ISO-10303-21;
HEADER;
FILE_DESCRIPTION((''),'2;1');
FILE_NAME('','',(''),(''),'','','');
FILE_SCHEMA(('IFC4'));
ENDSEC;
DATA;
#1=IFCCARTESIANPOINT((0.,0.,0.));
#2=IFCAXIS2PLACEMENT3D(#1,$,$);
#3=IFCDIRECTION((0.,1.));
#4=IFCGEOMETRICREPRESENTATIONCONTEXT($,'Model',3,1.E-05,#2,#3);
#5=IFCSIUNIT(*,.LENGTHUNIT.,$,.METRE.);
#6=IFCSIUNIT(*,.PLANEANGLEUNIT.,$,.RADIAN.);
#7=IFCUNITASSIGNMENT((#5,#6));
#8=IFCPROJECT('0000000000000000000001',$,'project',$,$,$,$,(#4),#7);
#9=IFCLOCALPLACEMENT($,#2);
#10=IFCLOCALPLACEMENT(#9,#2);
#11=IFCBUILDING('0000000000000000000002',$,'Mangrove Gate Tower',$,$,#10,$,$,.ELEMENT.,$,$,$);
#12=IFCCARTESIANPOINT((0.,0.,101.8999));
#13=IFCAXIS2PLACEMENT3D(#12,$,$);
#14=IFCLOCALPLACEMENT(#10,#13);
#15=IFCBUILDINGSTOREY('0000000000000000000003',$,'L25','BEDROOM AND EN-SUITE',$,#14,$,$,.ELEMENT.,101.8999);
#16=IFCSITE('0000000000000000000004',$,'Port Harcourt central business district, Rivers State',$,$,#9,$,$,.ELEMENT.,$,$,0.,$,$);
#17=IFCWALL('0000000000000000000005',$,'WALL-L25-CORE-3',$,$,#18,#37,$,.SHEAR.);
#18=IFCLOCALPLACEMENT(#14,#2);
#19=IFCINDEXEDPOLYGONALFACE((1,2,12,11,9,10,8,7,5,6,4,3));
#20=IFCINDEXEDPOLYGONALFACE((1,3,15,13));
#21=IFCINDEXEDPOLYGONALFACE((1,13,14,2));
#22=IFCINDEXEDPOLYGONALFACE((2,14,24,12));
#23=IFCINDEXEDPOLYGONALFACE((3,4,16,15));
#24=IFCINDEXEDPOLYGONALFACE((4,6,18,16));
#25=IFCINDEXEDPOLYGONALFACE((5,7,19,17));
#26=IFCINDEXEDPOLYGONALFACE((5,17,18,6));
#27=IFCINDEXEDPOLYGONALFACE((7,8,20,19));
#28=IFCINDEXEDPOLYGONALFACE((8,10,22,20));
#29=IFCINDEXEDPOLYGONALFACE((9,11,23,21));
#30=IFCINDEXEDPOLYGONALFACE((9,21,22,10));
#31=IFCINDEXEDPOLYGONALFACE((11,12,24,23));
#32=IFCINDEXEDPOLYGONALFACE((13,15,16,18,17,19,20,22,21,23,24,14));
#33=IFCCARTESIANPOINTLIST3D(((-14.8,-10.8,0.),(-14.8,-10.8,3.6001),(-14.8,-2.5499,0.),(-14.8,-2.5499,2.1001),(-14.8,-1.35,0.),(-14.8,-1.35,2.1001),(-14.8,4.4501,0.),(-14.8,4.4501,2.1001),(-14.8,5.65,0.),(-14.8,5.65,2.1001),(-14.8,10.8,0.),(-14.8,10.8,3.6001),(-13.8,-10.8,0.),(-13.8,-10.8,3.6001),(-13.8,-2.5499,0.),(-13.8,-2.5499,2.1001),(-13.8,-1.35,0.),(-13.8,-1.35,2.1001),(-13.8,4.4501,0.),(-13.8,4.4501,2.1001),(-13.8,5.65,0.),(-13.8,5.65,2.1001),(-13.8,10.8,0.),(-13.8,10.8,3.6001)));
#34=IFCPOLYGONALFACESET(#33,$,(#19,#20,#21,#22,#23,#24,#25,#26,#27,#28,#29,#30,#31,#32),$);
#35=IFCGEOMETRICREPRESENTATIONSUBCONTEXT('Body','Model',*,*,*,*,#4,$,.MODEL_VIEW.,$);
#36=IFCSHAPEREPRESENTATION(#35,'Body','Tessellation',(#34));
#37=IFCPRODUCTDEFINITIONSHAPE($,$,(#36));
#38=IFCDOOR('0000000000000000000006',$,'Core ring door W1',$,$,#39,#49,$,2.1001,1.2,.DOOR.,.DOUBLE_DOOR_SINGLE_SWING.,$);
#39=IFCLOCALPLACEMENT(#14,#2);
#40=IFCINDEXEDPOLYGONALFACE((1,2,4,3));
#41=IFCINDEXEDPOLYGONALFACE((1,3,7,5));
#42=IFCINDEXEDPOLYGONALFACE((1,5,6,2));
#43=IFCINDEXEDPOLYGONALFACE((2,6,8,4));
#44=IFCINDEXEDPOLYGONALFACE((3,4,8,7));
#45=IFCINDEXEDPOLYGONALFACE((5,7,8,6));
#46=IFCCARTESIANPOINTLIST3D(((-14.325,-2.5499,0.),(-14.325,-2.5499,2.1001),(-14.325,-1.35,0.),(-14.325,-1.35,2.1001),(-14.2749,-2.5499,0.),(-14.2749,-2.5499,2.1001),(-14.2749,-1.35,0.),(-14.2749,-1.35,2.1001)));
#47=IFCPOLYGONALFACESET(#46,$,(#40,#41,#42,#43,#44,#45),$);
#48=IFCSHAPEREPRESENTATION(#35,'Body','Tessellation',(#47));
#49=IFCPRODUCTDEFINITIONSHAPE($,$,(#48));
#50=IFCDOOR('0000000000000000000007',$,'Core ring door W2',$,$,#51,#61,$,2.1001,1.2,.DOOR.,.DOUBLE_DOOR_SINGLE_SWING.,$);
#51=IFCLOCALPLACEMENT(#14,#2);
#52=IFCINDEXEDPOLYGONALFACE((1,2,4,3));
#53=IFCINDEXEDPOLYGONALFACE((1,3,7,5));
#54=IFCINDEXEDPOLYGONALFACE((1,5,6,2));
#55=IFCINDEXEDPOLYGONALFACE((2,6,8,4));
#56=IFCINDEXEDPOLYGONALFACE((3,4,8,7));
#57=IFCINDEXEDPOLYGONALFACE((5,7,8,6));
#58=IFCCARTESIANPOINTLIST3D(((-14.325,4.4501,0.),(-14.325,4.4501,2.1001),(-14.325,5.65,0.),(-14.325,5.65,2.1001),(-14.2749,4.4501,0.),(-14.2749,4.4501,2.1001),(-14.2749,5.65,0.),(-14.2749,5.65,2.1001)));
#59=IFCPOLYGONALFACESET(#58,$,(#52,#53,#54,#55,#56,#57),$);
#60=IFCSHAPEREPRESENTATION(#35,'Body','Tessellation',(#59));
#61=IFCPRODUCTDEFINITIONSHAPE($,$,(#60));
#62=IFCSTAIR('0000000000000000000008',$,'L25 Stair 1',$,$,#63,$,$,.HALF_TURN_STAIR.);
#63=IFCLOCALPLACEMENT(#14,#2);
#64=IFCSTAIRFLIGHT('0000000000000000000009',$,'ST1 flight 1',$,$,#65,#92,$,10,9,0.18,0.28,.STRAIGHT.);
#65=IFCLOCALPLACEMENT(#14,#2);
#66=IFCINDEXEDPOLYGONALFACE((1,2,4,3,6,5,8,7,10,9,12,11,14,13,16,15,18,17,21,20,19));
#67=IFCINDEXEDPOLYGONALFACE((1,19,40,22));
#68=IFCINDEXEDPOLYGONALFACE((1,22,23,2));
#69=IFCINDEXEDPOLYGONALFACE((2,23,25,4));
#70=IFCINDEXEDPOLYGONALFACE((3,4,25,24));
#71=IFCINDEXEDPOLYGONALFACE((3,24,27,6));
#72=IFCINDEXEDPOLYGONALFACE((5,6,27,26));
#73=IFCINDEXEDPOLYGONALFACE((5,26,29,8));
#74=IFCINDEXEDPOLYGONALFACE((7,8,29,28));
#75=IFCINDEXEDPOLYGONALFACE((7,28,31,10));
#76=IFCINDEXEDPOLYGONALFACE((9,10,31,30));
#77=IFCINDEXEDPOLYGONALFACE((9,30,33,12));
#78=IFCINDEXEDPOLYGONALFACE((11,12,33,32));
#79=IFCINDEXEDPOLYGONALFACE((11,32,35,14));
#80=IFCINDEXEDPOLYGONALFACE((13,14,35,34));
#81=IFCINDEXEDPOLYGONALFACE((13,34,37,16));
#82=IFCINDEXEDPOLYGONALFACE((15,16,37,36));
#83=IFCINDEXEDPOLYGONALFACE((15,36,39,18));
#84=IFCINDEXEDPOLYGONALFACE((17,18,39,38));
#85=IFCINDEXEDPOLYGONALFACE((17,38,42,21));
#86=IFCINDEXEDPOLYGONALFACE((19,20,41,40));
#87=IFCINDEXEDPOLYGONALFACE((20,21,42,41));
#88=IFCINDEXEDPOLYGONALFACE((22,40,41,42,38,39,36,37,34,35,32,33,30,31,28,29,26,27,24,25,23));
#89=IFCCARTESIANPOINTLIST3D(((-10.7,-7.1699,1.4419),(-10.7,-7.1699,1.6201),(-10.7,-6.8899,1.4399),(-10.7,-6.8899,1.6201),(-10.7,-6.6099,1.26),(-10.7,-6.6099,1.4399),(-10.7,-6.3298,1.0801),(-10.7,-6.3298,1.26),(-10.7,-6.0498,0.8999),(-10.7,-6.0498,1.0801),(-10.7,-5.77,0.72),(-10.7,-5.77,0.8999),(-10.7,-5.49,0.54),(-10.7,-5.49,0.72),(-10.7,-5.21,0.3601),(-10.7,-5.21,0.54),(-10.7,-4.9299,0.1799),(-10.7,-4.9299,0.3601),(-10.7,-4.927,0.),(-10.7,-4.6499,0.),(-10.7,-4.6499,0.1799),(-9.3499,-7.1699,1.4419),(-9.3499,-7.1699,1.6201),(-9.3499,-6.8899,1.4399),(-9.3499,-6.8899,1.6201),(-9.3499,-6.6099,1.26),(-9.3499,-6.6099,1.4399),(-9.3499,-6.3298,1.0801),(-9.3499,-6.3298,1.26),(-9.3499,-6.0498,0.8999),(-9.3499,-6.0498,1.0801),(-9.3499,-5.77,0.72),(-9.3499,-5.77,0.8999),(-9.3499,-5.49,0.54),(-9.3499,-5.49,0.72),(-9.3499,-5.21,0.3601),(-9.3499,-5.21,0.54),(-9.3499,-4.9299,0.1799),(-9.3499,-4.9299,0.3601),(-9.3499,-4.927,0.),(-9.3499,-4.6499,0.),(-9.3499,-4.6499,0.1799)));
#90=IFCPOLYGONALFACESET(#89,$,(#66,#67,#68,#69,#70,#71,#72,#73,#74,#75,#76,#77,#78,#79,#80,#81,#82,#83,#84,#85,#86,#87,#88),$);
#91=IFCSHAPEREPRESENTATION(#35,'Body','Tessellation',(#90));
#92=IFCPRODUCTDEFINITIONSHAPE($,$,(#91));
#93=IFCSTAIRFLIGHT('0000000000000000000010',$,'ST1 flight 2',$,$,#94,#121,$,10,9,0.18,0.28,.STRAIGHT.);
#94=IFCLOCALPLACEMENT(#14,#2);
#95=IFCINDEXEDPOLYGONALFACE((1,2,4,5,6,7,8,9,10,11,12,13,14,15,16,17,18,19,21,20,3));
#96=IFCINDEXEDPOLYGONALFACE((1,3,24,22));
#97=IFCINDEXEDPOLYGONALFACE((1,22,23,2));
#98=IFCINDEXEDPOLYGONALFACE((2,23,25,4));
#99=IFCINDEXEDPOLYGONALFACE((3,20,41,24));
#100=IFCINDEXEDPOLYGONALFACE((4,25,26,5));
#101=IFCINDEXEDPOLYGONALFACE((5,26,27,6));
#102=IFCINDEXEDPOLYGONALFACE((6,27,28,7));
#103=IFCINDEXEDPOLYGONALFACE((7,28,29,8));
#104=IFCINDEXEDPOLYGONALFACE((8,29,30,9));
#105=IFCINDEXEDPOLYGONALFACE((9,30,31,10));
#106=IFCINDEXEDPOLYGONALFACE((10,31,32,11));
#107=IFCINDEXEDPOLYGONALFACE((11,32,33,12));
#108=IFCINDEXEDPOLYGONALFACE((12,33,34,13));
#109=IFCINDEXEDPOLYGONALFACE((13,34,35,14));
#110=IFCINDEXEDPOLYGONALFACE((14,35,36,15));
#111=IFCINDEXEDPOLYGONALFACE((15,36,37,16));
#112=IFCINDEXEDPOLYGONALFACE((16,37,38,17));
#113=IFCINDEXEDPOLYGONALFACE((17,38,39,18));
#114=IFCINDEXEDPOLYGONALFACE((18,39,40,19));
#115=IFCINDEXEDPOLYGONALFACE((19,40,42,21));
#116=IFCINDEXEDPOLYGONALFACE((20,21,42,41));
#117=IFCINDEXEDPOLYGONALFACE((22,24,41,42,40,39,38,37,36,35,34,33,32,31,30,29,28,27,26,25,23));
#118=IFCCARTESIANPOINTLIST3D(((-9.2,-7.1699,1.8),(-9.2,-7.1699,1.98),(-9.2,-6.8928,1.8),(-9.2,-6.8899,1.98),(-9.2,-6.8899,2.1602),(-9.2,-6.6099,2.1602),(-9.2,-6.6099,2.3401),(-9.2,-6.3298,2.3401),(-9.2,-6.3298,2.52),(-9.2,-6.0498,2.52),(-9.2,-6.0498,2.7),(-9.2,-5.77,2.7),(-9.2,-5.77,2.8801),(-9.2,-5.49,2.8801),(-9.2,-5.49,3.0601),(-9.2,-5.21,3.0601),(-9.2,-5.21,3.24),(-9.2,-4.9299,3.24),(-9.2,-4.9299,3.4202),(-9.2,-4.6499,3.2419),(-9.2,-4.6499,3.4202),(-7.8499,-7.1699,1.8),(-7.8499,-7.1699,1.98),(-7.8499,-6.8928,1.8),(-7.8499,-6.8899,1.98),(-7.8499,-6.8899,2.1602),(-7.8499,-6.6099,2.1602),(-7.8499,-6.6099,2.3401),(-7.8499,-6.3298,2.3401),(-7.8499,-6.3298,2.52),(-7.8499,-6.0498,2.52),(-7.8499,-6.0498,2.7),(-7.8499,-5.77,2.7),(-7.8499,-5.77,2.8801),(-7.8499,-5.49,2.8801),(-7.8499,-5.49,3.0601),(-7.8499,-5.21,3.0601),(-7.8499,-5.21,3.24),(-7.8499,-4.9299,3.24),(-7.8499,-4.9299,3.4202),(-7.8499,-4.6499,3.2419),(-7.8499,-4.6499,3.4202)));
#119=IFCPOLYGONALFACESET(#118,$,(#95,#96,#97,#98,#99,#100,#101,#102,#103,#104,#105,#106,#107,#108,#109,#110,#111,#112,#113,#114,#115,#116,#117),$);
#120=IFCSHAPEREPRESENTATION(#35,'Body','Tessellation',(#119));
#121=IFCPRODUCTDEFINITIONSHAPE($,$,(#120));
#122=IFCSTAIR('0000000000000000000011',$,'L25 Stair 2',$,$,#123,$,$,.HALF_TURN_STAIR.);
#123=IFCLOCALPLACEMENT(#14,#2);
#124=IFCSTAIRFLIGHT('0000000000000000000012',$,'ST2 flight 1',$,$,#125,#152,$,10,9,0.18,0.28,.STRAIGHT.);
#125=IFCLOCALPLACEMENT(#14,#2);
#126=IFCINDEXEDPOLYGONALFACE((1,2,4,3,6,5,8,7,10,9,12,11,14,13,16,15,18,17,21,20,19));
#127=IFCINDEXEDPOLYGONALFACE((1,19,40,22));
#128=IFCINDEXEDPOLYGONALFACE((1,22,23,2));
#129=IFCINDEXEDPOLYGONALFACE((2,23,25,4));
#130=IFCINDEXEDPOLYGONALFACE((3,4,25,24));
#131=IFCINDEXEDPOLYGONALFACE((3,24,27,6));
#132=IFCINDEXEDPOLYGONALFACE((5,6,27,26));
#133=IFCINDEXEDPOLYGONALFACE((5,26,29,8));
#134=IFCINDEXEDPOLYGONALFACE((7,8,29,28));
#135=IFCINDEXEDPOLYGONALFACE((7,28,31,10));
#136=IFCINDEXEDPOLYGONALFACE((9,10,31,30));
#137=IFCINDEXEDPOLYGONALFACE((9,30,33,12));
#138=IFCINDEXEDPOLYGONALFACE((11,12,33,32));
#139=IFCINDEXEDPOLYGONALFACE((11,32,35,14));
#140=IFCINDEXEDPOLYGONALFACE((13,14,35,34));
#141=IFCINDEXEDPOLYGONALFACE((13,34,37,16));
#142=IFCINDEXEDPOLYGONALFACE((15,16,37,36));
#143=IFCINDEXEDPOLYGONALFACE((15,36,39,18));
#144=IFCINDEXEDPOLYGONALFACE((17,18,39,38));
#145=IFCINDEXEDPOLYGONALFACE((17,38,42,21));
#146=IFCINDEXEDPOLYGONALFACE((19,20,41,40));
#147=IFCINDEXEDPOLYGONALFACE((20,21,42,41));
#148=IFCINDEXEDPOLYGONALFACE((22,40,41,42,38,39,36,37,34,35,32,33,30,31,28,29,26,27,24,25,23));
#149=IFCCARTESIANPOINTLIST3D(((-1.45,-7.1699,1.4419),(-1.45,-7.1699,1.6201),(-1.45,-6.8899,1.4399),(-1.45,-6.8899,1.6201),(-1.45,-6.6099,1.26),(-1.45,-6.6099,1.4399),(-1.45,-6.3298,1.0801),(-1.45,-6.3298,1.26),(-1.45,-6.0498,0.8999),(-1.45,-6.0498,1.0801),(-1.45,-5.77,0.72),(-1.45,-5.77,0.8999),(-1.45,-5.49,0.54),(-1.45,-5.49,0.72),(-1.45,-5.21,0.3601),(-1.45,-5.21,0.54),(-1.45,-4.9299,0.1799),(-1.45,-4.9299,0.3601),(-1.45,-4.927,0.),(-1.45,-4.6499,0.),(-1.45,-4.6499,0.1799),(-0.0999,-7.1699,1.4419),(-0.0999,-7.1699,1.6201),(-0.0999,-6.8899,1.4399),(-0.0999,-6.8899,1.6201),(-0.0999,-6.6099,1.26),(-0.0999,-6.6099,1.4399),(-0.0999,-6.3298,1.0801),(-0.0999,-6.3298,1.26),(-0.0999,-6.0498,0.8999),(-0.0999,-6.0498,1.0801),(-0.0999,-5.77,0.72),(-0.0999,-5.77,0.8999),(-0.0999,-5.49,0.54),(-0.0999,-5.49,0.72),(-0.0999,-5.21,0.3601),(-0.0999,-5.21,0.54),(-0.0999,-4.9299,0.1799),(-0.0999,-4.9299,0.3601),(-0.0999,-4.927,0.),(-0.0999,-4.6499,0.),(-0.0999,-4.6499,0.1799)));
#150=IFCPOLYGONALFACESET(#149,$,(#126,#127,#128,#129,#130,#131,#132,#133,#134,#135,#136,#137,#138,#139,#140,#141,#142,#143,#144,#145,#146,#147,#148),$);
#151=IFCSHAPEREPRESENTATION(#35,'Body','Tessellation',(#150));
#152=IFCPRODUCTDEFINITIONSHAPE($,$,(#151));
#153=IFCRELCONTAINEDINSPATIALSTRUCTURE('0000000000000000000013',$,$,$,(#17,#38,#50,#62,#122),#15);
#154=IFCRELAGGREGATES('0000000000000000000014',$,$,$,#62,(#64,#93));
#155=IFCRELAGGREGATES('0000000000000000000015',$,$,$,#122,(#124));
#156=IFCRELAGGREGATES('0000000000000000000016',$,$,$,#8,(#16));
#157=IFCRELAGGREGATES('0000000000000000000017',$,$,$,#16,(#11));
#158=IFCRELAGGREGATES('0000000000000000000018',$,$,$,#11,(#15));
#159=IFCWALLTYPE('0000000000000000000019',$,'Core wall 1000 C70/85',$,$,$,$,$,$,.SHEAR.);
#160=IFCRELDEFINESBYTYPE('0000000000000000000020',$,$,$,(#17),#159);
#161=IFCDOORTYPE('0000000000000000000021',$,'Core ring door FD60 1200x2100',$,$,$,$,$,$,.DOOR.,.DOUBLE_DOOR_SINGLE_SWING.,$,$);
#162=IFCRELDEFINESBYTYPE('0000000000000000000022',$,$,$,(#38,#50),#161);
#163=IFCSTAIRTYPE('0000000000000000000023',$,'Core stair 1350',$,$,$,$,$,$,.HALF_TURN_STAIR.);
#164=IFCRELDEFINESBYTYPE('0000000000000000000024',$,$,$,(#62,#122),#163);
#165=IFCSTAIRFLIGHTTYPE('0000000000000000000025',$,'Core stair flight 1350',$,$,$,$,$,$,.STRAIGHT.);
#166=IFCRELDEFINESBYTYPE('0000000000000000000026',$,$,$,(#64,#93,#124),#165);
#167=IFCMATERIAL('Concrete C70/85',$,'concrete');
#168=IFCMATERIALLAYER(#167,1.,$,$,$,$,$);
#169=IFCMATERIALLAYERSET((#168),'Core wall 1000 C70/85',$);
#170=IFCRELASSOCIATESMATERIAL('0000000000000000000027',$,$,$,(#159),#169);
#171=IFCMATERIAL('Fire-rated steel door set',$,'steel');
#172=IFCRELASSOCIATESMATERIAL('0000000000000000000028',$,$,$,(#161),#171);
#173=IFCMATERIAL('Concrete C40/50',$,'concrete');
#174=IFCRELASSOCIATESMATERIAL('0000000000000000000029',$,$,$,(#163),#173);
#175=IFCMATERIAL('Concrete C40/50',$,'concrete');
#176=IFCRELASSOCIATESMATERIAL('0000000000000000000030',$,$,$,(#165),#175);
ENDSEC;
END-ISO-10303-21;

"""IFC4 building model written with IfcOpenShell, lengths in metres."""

from ifc_helpers import new_model, si_unit, direction, frame, frame_2d, origin, place, context, subcontext, project, spatial, polyline, rectangle, outline, extrude, material, layer, layer_set, type_object, element, fill, aggregate, save


model = new_model("IFC4")

# Units and contexts
model_context = context("Model", 3, precision=1e-05, world=origin(), true_north=direction((0.0, 1.0)))
body_context = subcontext(model_context, "Body", "Model", "MODEL_VIEW")
ifc_project = project(units=[si_unit("LENGTHUNIT", "METRE"), si_unit("PLANEANGLEUNIT", "RADIAN")], contexts=[model_context])

# Site, building, storey
site_placement = place(None, origin())
site = spatial("IfcSite", under=ifc_project, at=site_placement, Name="Port Harcourt central business district, Rivers State", CompositionType="ELEMENT", RefElevation=0.0)
building_placement = place(site_placement, origin())
building = spatial("IfcBuilding", under=site, at=building_placement, Name="Mangrove Gate Tower", CompositionType="ELEMENT")
storey_placement = place(building_placement, frame((0.0, 0.0, 101.8999)))
storey = spatial("IfcBuildingStorey", under=building, at=storey_placement, Name="L25", Description="BEDROOM AND EN-SUITE", CompositionType="ELEMENT", Elevation=101.8999)

# Wall, openings, doors
ifc_material_1 = material(Name="Concrete C70/85", Category="concrete")
ifc_layer_1 = layer(ifc_material_1, 1.0)
ifc_layer_set_1 = layer_set([ifc_layer_1], Name="Core wall 1000 C70/85")
wall_type_1 = type_object("IfcWallType", Name="Core wall 1000 C70/85", PredefinedType="SHEAR", material=ifc_layer_set_1)
wall_1_placement = place(storey_placement, frame((-14.3, -10.8, 0.0), z_axis=(0.0, 0.0, 1.0), x_axis=(0.0, 1.0, 0.0)))
wall_1 = element("IfcWall", 1, at=wall_1_placement, inside=storey, type_object=wall_type_1, Name="WALL-L25-CORE-3", PredefinedType="SHEAR", context=body_context, shape_type="SweptSolid", body=[
    extrude(rectangle(XDim=21.6001, YDim=1.0, at=frame_2d((10.8, 0.0))), origin(), (0.0, 0.0, 1.0), 3.6001),
])
opening_1_placement = place(wall_1_placement, frame((8.25, 0.0, 0.0)))
opening_1 = element("IfcOpeningElement", 2, at=opening_1_placement, cuts=wall_1, PredefinedType="OPENING", context=body_context, shape_type="SweptSolid", body=[
    extrude(rectangle(XDim=1.2, YDim=2.1001, at=frame_2d((0.6001, 1.05))), frame((0.0, 0.51, 0.0), z_axis=(0.0, -1.0, 0.0), x_axis=(1.0, 0.0, 0.0)), (0.0, 0.0, 1.0), 1.02),
])
opening_2_placement = place(wall_1_placement, frame((15.25, 0.0, 0.0)))
opening_2 = element("IfcOpeningElement", 3, at=opening_2_placement, cuts=wall_1, PredefinedType="OPENING", context=body_context, shape_type="SweptSolid", body=[
    extrude(rectangle(XDim=1.2, YDim=2.1001, at=frame_2d((0.6001, 1.05))), frame((0.0, 0.51, 0.0), z_axis=(0.0, -1.0, 0.0), x_axis=(1.0, 0.0, 0.0)), (0.0, 0.0, 1.0), 1.02),
])
ifc_material_2 = material(Name="Fire-rated steel door set", Category="steel")
door_type_1 = type_object("IfcDoorType", Name="Core ring door FD60 1200x2100", OperationType="DOUBLE_DOOR_SINGLE_SWING", PredefinedType="DOOR", material=ifc_material_2)
door_1_placement = place(opening_1_placement, origin())
door_1 = element("IfcDoor", 4, at=door_1_placement, inside=storey, type_object=door_type_1, Name="Core ring door W1", OperationType="DOUBLE_DOOR_SINGLE_SWING", OverallHeight=2.1001, OverallWidth=1.2, PredefinedType="DOOR", context=body_context, shape_type="SweptSolid", body=[
    extrude(rectangle(XDim=1.2, YDim=2.1001, at=frame_2d((0.6001, 1.05))), frame((0.0, 0.0249, 0.0), z_axis=(0.0, -1.0, 0.0), x_axis=(1.0, 0.0, 0.0)), (0.0, 0.0, 1.0), 0.05),
])
fill(opening_1, door_1)
door_2_placement = place(opening_2_placement, origin())
door_2 = element("IfcDoor", 5, at=door_2_placement, inside=storey, type_object=door_type_1, Name="Core ring door W2", OperationType="DOUBLE_DOOR_SINGLE_SWING", OverallHeight=2.1001, OverallWidth=1.2, PredefinedType="DOOR", context=body_context, shape_type="SweptSolid", body=[
    extrude(rectangle(XDim=1.2, YDim=2.1001, at=frame_2d((0.6001, 1.05))), frame((0.0, 0.0249, 0.0), z_axis=(0.0, -1.0, 0.0), x_axis=(1.0, 0.0, 0.0)), (0.0, 0.0, 1.0), 0.05),
])
fill(opening_2, door_2)

# Stair, stair flights
ifc_material_3 = material(Name="Concrete C40/50", Category="concrete")
stair_type = type_object("IfcStairType", Name="Core stair 1350", PredefinedType="HALF_TURN_STAIR", material=ifc_material_3)
stair_1_placement = place(storey_placement, origin())
stair_1 = element("IfcStair", 6, at=stair_1_placement, inside=storey, type_object=stair_type, Name="L25 Stair 1", PredefinedType="HALF_TURN_STAIR")
ifc_material_4 = material(Name="Concrete C40/50", Category="concrete")
stair_flight_type = type_object("IfcStairFlightType", Name="Core stair flight 1350", PredefinedType="STRAIGHT", material=ifc_material_4)
stair_flight_1_placement = place(storey_placement, frame((-10.0249, -4.6499, 0.0), z_axis=(0.0, 0.0, 1.0), x_axis=(0.0, -1.0, 0.0)))
stair_flight_1 = element("IfcStairFlight", 7, at=stair_flight_1_placement, type_object=stair_flight_type, Name="ST1 flight 1", NumberOfRisers=10, NumberOfTreads=9, PredefinedType="STRAIGHT", RiserHeight=0.18, TreadLength=0.28, context=body_context, shape_type="SweptSolid", body=[
    extrude(outline(polyline([(0.0, 0.0), (0.0, 0.1799), (0.28, 0.1799), (0.28, 0.3601), (0.5601, 0.3601), (0.5601, 0.54), (0.8401, 0.54), (0.8401, 0.72), (1.1201, 0.72), (1.1201, 0.8999), (1.3999, 0.8999), (1.3999, 1.0801), (1.6799, 1.0801), (1.6799, 1.26), (1.96, 1.26), (1.96, 1.4399), (2.24, 1.4399), (2.24, 1.6201), (2.52, 1.6201), (2.52, 1.8), (2.52, 1.4419), (0.2771, 0.0), (0.0, 0.0)])), frame((0.0, 0.675, 0.0), z_axis=(0.0, -1.0, 0.0), x_axis=(1.0, 0.0, 0.0)), (0.0, 0.0, 1.0), 1.3501),
])
stair_flight_2_placement = place(storey_placement, frame((-8.5249, -7.1699, 1.8), z_axis=(0.0, 0.0, 1.0), x_axis=(0.0, 1.0, 0.0)))
stair_flight_2 = element("IfcStairFlight", 8, at=stair_flight_2_placement, type_object=stair_flight_type, Name="ST1 flight 2", NumberOfRisers=10, NumberOfTreads=9, PredefinedType="STRAIGHT", RiserHeight=0.18, TreadLength=0.28, context=body_context, shape_type="SweptSolid", body=[
    extrude(outline(polyline([(0.0, 0.0), (0.0, 0.1799), (0.28, 0.1799), (0.28, 0.3601), (0.5601, 0.3601), (0.5601, 0.54), (0.8401, 0.54), (0.8401, 0.72), (1.1201, 0.72), (1.1201, 0.8999), (1.3999, 0.8999), (1.3999, 1.0801), (1.6799, 1.0801), (1.6799, 1.26), (1.96, 1.26), (1.96, 1.4399), (2.24, 1.4399), (2.24, 1.6201), (2.52, 1.6201), (2.52, 1.8), (2.52, 1.4419), (0.2771, 0.0), (0.0, 0.0)])), frame((0.0, 0.675, 0.0), z_axis=(0.0, -1.0, 0.0), x_axis=(1.0, 0.0, 0.0)), (0.0, 0.0, 1.0), 1.3501),
])
aggregate(stair_1, [stair_flight_1, stair_flight_2])

# Stair, stair flight
stair_2_placement = place(storey_placement, origin())
stair_2 = element("IfcStair", 9, at=stair_2_placement, inside=storey, type_object=stair_type, Name="L25 Stair 2", PredefinedType="HALF_TURN_STAIR")
stair_flight_3_placement = place(storey_placement, frame((-0.7749, -4.6499, 0.0), z_axis=(0.0, 0.0, 1.0), x_axis=(0.0, -1.0, 0.0)))
stair_flight_3 = element("IfcStairFlight", 10, at=stair_flight_3_placement, type_object=stair_flight_type, Name="ST2 flight 1", NumberOfRisers=10, NumberOfTreads=9, PredefinedType="STRAIGHT", RiserHeight=0.18, TreadLength=0.28, context=body_context, shape_type="SweptSolid", body=[
    extrude(outline(polyline([(0.0, 0.0), (0.0, 0.1799), (0.28, 0.1799), (0.28, 0.3601), (0.5601, 0.3601), (0.5601, 0.54), (0.8401, 0.54), (0.8401, 0.72), (1.1201, 0.72), (1.1201, 0.8999), (1.3999, 0.8999), (1.3999, 1.0801), (1.6799, 1.0801), (1.6799, 1.26), (1.96, 1.26), (1.96, 1.4399), (2.24, 1.4399), (2.24, 1.6201), (2.52, 1.6201), (2.52, 1.8), (2.52, 1.4419), (0.2771, 0.0), (0.0, 0.0)])), frame((0.0, 0.675, 0.0), z_axis=(0.0, -1.0, 0.0), x_axis=(1.0, 0.0, 0.0)), (0.0, 0.0, 1.0), 1.3501),
])
aggregate(stair_2, [stair_flight_3])

save(model, "model.ifc")
